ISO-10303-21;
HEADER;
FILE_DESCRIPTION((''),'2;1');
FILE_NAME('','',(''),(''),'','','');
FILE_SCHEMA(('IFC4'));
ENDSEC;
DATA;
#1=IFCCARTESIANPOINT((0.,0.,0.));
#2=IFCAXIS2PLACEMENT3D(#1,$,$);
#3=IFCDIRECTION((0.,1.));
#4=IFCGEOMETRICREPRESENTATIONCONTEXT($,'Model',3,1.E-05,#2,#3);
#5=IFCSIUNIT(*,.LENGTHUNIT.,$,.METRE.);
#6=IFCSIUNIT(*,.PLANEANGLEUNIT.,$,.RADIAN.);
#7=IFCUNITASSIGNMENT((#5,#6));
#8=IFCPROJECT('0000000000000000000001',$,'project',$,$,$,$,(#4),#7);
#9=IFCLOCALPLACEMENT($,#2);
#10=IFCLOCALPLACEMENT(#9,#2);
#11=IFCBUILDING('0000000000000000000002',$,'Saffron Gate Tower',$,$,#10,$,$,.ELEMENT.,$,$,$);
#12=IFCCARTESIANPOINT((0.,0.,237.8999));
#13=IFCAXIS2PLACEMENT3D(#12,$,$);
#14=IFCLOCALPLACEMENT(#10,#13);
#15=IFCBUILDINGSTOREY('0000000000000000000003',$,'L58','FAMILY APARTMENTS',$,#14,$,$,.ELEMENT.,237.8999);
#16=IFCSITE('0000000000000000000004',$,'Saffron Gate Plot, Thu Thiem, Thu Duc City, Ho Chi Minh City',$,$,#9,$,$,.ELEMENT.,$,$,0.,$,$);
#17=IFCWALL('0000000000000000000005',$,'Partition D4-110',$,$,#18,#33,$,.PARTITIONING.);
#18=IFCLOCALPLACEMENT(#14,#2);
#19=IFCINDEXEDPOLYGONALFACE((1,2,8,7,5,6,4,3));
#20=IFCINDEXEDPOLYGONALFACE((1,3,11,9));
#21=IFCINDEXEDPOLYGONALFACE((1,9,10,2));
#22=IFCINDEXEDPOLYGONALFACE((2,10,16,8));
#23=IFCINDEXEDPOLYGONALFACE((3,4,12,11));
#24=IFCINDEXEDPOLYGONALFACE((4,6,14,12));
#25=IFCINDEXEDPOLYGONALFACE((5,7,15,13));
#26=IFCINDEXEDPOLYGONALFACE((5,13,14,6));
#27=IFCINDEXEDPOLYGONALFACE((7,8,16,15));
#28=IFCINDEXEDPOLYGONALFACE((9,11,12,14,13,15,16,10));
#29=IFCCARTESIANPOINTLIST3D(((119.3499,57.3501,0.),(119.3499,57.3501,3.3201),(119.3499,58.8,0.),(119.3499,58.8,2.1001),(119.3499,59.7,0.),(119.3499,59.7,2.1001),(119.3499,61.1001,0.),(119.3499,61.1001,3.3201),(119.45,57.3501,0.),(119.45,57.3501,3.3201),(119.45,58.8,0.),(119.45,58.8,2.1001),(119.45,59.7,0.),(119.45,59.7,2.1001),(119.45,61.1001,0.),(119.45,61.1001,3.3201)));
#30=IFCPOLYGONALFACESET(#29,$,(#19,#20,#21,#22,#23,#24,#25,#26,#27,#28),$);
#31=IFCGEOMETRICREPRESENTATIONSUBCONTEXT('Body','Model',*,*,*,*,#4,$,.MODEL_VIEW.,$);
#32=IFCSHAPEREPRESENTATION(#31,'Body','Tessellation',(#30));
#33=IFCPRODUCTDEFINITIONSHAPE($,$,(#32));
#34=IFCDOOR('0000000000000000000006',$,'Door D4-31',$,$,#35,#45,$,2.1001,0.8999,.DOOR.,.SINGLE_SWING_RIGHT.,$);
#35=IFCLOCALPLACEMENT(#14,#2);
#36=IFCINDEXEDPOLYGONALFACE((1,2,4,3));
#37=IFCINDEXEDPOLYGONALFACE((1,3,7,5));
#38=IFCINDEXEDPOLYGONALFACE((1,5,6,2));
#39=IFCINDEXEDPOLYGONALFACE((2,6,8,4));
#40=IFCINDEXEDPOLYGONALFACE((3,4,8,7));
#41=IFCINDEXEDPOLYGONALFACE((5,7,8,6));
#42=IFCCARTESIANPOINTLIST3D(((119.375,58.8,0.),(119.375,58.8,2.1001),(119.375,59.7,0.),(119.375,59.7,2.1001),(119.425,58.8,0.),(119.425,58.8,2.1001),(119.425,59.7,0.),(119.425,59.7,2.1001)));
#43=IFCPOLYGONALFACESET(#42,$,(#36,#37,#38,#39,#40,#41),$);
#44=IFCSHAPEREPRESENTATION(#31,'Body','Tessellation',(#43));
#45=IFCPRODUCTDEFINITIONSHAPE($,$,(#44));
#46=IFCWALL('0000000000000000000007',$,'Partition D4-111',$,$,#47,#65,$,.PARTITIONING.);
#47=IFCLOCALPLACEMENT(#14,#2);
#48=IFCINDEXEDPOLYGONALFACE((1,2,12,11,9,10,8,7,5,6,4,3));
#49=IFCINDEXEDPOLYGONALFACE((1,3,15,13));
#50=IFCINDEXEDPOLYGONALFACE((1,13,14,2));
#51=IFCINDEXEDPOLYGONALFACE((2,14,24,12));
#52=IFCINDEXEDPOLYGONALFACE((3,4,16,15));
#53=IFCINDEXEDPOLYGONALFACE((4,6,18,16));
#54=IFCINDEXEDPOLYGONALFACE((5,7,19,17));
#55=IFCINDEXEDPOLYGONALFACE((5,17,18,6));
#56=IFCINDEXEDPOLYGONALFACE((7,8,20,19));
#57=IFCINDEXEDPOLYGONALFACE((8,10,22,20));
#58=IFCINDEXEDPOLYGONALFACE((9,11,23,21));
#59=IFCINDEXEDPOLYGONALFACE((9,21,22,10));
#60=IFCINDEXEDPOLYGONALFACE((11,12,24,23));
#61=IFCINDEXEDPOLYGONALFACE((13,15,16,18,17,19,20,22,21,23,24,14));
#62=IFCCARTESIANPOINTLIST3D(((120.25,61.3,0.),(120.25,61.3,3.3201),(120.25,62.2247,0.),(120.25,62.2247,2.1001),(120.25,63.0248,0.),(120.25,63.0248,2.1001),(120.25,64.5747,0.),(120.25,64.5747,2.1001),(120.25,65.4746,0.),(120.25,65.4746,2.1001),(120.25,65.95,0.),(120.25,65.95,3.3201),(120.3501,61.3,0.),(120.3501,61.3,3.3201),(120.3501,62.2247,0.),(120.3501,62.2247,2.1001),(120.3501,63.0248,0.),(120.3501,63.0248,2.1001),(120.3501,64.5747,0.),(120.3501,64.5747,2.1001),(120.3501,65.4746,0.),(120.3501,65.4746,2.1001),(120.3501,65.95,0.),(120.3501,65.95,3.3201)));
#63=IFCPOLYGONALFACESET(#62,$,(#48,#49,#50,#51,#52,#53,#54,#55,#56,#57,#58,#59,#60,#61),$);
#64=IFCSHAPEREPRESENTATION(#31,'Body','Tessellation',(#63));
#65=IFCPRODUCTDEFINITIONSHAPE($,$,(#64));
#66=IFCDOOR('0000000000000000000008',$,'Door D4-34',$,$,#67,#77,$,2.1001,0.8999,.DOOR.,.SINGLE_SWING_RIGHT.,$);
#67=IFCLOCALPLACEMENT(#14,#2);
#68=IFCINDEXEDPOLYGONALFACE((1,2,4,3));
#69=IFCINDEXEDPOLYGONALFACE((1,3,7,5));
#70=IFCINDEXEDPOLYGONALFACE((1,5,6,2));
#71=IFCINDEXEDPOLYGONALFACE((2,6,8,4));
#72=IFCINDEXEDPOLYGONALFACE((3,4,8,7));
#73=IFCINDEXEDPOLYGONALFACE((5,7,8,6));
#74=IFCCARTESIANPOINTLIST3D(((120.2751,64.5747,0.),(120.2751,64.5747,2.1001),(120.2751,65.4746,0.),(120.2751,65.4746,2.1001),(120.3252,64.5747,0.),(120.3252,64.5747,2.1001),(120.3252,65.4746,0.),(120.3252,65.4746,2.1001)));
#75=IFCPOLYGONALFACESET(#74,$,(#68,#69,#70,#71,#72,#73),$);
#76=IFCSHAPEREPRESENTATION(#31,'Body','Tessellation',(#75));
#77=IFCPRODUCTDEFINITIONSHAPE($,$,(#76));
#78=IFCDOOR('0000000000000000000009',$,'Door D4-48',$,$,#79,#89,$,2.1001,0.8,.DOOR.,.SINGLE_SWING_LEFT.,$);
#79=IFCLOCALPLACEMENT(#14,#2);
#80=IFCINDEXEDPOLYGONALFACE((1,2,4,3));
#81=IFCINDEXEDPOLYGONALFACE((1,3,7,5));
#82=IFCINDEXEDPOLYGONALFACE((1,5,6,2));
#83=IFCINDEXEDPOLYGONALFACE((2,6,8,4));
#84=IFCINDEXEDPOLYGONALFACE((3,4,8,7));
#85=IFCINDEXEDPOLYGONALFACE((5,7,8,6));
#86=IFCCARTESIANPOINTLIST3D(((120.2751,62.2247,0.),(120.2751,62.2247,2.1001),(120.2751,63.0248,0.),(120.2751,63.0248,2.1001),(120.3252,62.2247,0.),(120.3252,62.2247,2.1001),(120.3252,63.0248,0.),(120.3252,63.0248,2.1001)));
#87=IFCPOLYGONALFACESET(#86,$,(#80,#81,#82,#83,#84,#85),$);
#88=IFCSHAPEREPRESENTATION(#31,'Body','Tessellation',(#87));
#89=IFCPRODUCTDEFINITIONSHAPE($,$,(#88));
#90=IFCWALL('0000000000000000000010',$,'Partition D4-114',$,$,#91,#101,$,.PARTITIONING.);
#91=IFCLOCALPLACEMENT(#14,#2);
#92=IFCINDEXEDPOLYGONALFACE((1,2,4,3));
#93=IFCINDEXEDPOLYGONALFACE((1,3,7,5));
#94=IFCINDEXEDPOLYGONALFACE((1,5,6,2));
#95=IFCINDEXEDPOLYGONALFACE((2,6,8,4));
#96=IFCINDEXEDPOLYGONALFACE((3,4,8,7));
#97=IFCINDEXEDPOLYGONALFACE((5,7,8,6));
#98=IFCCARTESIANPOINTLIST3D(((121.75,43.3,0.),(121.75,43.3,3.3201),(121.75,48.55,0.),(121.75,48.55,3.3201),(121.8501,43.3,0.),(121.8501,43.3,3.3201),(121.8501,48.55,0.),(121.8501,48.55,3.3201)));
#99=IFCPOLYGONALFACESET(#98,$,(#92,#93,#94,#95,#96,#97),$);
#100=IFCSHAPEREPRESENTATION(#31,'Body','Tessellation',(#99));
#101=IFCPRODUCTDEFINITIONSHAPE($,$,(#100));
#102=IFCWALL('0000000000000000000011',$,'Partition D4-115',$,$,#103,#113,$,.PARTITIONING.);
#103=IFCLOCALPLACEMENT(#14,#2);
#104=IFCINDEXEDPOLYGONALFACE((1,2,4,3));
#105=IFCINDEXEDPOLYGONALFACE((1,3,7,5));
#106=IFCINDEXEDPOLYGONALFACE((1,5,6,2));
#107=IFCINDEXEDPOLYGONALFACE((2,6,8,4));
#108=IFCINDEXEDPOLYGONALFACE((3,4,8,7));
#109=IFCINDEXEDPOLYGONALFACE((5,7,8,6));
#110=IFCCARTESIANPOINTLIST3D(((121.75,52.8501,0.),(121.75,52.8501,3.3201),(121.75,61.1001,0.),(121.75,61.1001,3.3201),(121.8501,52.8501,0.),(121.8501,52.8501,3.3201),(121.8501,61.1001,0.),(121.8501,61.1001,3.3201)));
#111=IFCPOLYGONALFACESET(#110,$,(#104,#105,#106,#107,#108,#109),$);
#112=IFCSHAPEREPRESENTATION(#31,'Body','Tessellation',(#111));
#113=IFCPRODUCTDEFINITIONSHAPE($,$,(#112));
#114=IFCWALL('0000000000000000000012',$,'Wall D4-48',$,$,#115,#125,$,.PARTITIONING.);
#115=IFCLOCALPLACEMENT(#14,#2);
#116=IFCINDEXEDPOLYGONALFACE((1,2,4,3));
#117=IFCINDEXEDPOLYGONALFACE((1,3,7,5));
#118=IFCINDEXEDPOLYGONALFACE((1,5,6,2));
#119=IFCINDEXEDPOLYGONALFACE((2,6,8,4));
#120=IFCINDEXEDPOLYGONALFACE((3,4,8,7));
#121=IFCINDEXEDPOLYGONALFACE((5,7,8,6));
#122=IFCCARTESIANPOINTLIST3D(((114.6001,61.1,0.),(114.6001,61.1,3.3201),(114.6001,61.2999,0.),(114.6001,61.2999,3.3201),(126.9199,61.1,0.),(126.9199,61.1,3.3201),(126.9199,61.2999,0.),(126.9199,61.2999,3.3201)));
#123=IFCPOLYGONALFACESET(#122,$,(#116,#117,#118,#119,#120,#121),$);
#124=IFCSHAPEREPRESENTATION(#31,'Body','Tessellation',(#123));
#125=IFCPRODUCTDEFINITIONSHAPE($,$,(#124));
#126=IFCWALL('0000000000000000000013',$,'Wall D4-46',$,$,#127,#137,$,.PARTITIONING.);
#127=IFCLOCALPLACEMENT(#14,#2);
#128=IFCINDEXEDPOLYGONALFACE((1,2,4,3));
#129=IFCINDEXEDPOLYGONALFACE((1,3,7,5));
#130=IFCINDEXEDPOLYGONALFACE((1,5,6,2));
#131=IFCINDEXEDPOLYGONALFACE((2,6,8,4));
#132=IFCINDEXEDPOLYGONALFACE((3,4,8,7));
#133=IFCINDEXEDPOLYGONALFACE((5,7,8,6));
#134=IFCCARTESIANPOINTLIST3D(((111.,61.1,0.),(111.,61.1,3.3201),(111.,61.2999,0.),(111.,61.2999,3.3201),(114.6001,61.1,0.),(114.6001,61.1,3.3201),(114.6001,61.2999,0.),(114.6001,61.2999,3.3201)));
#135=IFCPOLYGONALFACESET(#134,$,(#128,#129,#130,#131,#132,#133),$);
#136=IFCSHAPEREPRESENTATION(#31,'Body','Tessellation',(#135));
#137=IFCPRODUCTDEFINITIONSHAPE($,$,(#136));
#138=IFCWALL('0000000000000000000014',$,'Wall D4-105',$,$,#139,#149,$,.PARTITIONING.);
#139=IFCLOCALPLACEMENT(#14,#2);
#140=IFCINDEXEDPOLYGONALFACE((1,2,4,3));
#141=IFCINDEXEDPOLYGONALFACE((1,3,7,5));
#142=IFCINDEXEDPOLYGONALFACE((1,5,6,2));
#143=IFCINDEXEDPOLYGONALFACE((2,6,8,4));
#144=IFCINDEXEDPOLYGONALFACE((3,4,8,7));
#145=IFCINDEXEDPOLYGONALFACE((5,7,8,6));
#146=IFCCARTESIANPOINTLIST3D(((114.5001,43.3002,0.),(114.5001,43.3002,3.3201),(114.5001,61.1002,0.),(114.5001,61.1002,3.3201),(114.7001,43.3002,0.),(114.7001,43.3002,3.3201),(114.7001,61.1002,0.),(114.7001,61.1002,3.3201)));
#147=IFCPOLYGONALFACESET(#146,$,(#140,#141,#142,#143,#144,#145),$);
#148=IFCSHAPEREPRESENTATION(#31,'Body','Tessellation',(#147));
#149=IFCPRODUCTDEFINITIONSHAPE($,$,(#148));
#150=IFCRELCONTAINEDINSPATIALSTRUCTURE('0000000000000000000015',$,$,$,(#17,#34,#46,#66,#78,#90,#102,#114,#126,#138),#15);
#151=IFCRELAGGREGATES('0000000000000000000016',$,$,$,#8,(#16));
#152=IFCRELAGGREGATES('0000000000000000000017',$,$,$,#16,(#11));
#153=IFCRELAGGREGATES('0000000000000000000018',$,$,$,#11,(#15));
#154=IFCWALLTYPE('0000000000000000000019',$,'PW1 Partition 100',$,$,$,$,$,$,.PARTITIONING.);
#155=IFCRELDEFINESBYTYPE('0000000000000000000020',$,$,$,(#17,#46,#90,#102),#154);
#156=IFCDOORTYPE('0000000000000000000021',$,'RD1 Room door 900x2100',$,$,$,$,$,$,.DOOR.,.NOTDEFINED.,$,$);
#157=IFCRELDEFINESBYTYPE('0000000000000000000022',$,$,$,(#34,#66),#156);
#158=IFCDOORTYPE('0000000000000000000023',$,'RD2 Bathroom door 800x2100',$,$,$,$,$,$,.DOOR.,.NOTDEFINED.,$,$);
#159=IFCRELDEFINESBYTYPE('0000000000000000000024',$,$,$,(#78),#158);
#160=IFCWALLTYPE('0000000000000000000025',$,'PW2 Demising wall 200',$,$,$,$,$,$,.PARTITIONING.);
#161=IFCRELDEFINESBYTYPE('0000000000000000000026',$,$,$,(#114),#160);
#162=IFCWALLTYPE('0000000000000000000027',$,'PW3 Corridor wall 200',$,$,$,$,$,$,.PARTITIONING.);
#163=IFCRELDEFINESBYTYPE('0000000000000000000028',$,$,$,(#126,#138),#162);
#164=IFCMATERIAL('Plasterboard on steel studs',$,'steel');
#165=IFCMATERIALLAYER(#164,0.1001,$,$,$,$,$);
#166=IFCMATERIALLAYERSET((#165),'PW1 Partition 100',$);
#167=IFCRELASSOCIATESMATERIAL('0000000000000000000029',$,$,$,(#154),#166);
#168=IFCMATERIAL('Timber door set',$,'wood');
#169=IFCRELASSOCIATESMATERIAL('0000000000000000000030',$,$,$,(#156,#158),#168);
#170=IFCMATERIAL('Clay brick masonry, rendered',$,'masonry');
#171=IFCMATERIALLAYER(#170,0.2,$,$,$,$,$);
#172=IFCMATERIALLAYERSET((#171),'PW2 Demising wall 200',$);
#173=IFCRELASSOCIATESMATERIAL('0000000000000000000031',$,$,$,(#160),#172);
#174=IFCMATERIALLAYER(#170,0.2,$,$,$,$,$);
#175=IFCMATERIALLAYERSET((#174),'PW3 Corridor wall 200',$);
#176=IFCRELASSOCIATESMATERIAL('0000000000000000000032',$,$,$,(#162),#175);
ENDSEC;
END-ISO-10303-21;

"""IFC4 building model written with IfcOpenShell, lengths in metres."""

from ifc_helpers import new_model, si_unit, direction, frame, frame_2d, origin, place, context, subcontext, project, spatial, rectangle, extrude, material, layer, layer_set, type_object, element, fill, save


model = new_model("IFC4")

# Units and contexts
model_context = context("Model", 3, precision=1e-05, world=origin(), true_north=direction((0.0, 1.0)))
body_context = subcontext(model_context, "Body", "Model", "MODEL_VIEW")
ifc_project = project(units=[si_unit("LENGTHUNIT", "METRE"), si_unit("PLANEANGLEUNIT", "RADIAN")], contexts=[model_context])

# Site, building, storey
site_placement = place(None, origin())
site = spatial("IfcSite", under=ifc_project, at=site_placement, Name="Saffron Gate Plot, Thu Thiem, Thu Duc City, Ho Chi Minh City", CompositionType="ELEMENT", RefElevation=0.0)
building_placement = place(site_placement, origin())
building = spatial("IfcBuilding", under=site, at=building_placement, Name="Saffron Gate Tower", CompositionType="ELEMENT")
storey_placement = place(building_placement, frame((0.0, 0.0, 237.8999)))
storey = spatial("IfcBuildingStorey", under=building, at=storey_placement, Name="L58", Description="FAMILY APARTMENTS", CompositionType="ELEMENT", Elevation=237.8999)

# Shared definitions
ifc_material_1 = material(Name="Plasterboard on steel studs", Category="steel")
ifc_layer_1 = layer(ifc_material_1, 0.1001)
ifc_layer_set_1 = layer_set([ifc_layer_1], Name="PW1 Partition 100")
wall_type_1 = type_object("IfcWallType", Name="PW1 Partition 100", PredefinedType="PARTITIONING", material=ifc_layer_set_1)

# Shared definitions
ifc_material_2 = material(Name="Timber door set", Category="wood")
door_type_1 = type_object("IfcDoorType", Name="RD1 Room door 900x2100", OperationType="NOTDEFINED", PredefinedType="DOOR", material=ifc_material_2)

# Shared definitions
door_type_2 = type_object("IfcDoorType", Name="RD2 Bathroom door 800x2100", OperationType="NOTDEFINED", PredefinedType="DOOR", material=ifc_material_2)

# Wall, opening, door
wall_1_placement = place(storey_placement, frame((119.3999, 57.3501, 0.0), z_axis=(0.0, 0.0, 1.0), x_axis=(0.0, 1.0, 0.0)))
wall_1 = element("IfcWall", 1, at=wall_1_placement, inside=storey, type_object=wall_type_1, Name="Partition D4-110", PredefinedType="PARTITIONING", context=body_context, shape_type="SweptSolid", body=[
    extrude(rectangle(XDim=3.75, YDim=0.1001, at=frame_2d((1.875, 0.0))), origin(), (0.0, 0.0, 1.0), 3.3201),
])
opening_1_placement = place(wall_1_placement, frame((1.45, 0.0, 0.0)))
opening_1 = element("IfcOpeningElement", 2, at=opening_1_placement, cuts=wall_1, PredefinedType="OPENING", context=body_context, shape_type="SweptSolid", body=[
    extrude(rectangle(XDim=0.8999, YDim=2.1001, at=frame_2d((0.45, 1.05))), frame((0.0, 0.0601, 0.0), z_axis=(0.0, -1.0, 0.0), x_axis=(1.0, 0.0, 0.0)), (0.0, 0.0, 1.0), 0.1201),
])
door_1_placement = place(opening_1_placement, origin())
door_1 = element("IfcDoor", 3, at=door_1_placement, inside=storey, type_object=door_type_1, Name="Door D4-31", OperationType="SINGLE_SWING_RIGHT", OverallHeight=2.1001, OverallWidth=0.8999, PredefinedType="DOOR", context=body_context, shape_type="SweptSolid", body=[
    extrude(rectangle(XDim=0.8999, YDim=2.1001, at=frame_2d((0.45, 1.05))), frame((0.0, 0.0249, 0.0), z_axis=(0.0, -1.0, 0.0), x_axis=(1.0, 0.0, 0.0)), (0.0, 0.0, 1.0), 0.05),
])
fill(opening_1, door_1)

# Wall, openings, doors
wall_2_placement = place(storey_placement, frame((120.3, 61.3, 0.0), z_axis=(0.0, 0.0, 1.0), x_axis=(0.0, 1.0, 0.0)))
wall_2 = element("IfcWall", 4, at=wall_2_placement, inside=storey, type_object=wall_type_1, Name="Partition D4-111", PredefinedType="PARTITIONING", context=body_context, shape_type="SweptSolid", body=[
    extrude(rectangle(XDim=4.6499, YDim=0.1001, at=frame_2d((2.325, 0.0))), origin(), (0.0, 0.0, 1.0), 3.3201),
])
opening_2_placement = place(wall_2_placement, frame((0.9248, 0.0, 0.0)))
opening_2 = element("IfcOpeningElement", 5, at=opening_2_placement, cuts=wall_2, PredefinedType="OPENING", context=body_context, shape_type="SweptSolid", body=[
    extrude(rectangle(XDim=0.8, YDim=2.1001, at=frame_2d((0.3999, 1.05))), frame((0.0, 0.0601, 0.0), z_axis=(0.0, -1.0, 0.0), x_axis=(1.0, 0.0, 0.0)), (0.0, 0.0, 1.0), 0.1201),
])
opening_3_placement = place(wall_2_placement, frame((3.2747, 0.0, 0.0)))
opening_3 = element("IfcOpeningElement", 6, at=opening_3_placement, cuts=wall_2, PredefinedType="OPENING", context=body_context, shape_type="SweptSolid", body=[
    extrude(rectangle(XDim=0.8999, YDim=2.1001, at=frame_2d((0.45, 1.05))), frame((0.0, 0.0601, 0.0), z_axis=(0.0, -1.0, 0.0), x_axis=(1.0, 0.0, 0.0)), (0.0, 0.0, 1.0), 0.1201),
])
door_2_placement = place(opening_3_placement, origin())
door_2 = element("IfcDoor", 7, at=door_2_placement, inside=storey, type_object=door_type_1, Name="Door D4-34", OperationType="SINGLE_SWING_RIGHT", OverallHeight=2.1001, OverallWidth=0.8999, PredefinedType="DOOR", context=body_context, shape_type="SweptSolid", body=[
    extrude(rectangle(XDim=0.8999, YDim=2.1001, at=frame_2d((0.45, 1.05))), frame((0.0, 0.0249, 0.0), z_axis=(0.0, -1.0, 0.0), x_axis=(1.0, 0.0, 0.0)), (0.0, 0.0, 1.0), 0.05),
])
fill(opening_3, door_2)
door_3_placement = place(opening_2_placement, origin())
door_3 = element("IfcDoor", 8, at=door_3_placement, inside=storey, type_object=door_type_2, Name="Door D4-48", OperationType="SINGLE_SWING_LEFT", OverallHeight=2.1001, OverallWidth=0.8, PredefinedType="DOOR", context=body_context, shape_type="SweptSolid", body=[
    extrude(rectangle(XDim=0.8, YDim=2.1001, at=frame_2d((0.3999, 1.05))), frame((0.0, 0.0249, 0.0), z_axis=(0.0, -1.0, 0.0), x_axis=(1.0, 0.0, 0.0)), (0.0, 0.0, 1.0), 0.05),
])
fill(opening_2, door_3)

# Walls
wall_3_placement = place(storey_placement, frame((121.8, 48.55, 0.0), z_axis=(0.0, 0.0, 1.0), x_axis=(0.0, -1.0, 0.0)))
element("IfcWall", 9, at=wall_3_placement, inside=storey, type_object=wall_type_1, Name="Partition D4-114", PredefinedType="PARTITIONING", context=body_context, shape_type="SweptSolid", body=[
    extrude(rectangle(XDim=5.25, YDim=0.1001, at=frame_2d((2.625, 0.0))), origin(), (0.0, 0.0, 1.0), 3.3201),
])
wall_4_placement = place(storey_placement, frame((121.8, 61.1001, 0.0), z_axis=(0.0, 0.0, 1.0), x_axis=(0.0, -1.0, 0.0)))
element("IfcWall", 10, at=wall_4_placement, inside=storey, type_object=wall_type_1, Name="Partition D4-115", PredefinedType="PARTITIONING", context=body_context, shape_type="SweptSolid", body=[
    extrude(rectangle(XDim=8.25, YDim=0.1001, at=frame_2d((4.125, 0.0))), origin(), (0.0, 0.0, 1.0), 3.3201),
])
ifc_material_3 = material(Name="Clay brick masonry, rendered", Category="masonry")
ifc_layer_2 = layer(ifc_material_3, 0.2)
ifc_layer_set_2 = layer_set([ifc_layer_2], Name="PW2 Demising wall 200")
wall_type_2 = type_object("IfcWallType", Name="PW2 Demising wall 200", PredefinedType="PARTITIONING", material=ifc_layer_set_2)
wall_5_placement = place(storey_placement, frame((114.6001, 61.2, 0.0), z_axis=(0.0, 0.0, 1.0), x_axis=(1.0, 0.0, 0.0)))
element("IfcWall", 11, at=wall_5_placement, inside=storey, type_object=wall_type_2, Name="Wall D4-48", PredefinedType="PARTITIONING", context=body_context, shape_type="SweptSolid", body=[
    extrude(rectangle(XDim=12.3198, YDim=0.2, at=frame_2d((6.1599, 0.0))), origin(), (0.0, 0.0, 1.0), 3.3201),
])
ifc_layer_3 = layer(ifc_material_3, 0.2)
ifc_layer_set_3 = layer_set([ifc_layer_3], Name="PW3 Corridor wall 200")
wall_type_3 = type_object("IfcWallType", Name="PW3 Corridor wall 200", PredefinedType="PARTITIONING", material=ifc_layer_set_3)
wall_6_placement = place(storey_placement, frame((111.0, 61.2, 0.0), z_axis=(0.0, 0.0, 1.0), x_axis=(1.0, 0.0, 0.0)))
element("IfcWall", 12, at=wall_6_placement, inside=storey, type_object=wall_type_3, Name="Wall D4-46", PredefinedType="PARTITIONING", context=body_context, shape_type="SweptSolid", body=[
    extrude(rectangle(XDim=3.6001, YDim=0.2, at=frame_2d((1.8, 0.0))), origin(), (0.0, 0.0, 1.0), 3.3201),
])
wall_7_placement = place(storey_placement, frame((114.6001, 61.1001, 0.0), z_axis=(0.0, 0.0, 1.0), x_axis=(0.0, -1.0, 0.0)))
element("IfcWall", 13, at=wall_7_placement, inside=storey, type_object=wall_type_3, Name="Wall D4-105", PredefinedType="PARTITIONING", context=body_context, shape_type="SweptSolid", body=[
    extrude(rectangle(XDim=17.8, YDim=0.2, at=frame_2d((8.8999, 0.0))), origin(), (0.0, 0.0, 1.0), 3.3201),
])

save(model, "model.ifc")
